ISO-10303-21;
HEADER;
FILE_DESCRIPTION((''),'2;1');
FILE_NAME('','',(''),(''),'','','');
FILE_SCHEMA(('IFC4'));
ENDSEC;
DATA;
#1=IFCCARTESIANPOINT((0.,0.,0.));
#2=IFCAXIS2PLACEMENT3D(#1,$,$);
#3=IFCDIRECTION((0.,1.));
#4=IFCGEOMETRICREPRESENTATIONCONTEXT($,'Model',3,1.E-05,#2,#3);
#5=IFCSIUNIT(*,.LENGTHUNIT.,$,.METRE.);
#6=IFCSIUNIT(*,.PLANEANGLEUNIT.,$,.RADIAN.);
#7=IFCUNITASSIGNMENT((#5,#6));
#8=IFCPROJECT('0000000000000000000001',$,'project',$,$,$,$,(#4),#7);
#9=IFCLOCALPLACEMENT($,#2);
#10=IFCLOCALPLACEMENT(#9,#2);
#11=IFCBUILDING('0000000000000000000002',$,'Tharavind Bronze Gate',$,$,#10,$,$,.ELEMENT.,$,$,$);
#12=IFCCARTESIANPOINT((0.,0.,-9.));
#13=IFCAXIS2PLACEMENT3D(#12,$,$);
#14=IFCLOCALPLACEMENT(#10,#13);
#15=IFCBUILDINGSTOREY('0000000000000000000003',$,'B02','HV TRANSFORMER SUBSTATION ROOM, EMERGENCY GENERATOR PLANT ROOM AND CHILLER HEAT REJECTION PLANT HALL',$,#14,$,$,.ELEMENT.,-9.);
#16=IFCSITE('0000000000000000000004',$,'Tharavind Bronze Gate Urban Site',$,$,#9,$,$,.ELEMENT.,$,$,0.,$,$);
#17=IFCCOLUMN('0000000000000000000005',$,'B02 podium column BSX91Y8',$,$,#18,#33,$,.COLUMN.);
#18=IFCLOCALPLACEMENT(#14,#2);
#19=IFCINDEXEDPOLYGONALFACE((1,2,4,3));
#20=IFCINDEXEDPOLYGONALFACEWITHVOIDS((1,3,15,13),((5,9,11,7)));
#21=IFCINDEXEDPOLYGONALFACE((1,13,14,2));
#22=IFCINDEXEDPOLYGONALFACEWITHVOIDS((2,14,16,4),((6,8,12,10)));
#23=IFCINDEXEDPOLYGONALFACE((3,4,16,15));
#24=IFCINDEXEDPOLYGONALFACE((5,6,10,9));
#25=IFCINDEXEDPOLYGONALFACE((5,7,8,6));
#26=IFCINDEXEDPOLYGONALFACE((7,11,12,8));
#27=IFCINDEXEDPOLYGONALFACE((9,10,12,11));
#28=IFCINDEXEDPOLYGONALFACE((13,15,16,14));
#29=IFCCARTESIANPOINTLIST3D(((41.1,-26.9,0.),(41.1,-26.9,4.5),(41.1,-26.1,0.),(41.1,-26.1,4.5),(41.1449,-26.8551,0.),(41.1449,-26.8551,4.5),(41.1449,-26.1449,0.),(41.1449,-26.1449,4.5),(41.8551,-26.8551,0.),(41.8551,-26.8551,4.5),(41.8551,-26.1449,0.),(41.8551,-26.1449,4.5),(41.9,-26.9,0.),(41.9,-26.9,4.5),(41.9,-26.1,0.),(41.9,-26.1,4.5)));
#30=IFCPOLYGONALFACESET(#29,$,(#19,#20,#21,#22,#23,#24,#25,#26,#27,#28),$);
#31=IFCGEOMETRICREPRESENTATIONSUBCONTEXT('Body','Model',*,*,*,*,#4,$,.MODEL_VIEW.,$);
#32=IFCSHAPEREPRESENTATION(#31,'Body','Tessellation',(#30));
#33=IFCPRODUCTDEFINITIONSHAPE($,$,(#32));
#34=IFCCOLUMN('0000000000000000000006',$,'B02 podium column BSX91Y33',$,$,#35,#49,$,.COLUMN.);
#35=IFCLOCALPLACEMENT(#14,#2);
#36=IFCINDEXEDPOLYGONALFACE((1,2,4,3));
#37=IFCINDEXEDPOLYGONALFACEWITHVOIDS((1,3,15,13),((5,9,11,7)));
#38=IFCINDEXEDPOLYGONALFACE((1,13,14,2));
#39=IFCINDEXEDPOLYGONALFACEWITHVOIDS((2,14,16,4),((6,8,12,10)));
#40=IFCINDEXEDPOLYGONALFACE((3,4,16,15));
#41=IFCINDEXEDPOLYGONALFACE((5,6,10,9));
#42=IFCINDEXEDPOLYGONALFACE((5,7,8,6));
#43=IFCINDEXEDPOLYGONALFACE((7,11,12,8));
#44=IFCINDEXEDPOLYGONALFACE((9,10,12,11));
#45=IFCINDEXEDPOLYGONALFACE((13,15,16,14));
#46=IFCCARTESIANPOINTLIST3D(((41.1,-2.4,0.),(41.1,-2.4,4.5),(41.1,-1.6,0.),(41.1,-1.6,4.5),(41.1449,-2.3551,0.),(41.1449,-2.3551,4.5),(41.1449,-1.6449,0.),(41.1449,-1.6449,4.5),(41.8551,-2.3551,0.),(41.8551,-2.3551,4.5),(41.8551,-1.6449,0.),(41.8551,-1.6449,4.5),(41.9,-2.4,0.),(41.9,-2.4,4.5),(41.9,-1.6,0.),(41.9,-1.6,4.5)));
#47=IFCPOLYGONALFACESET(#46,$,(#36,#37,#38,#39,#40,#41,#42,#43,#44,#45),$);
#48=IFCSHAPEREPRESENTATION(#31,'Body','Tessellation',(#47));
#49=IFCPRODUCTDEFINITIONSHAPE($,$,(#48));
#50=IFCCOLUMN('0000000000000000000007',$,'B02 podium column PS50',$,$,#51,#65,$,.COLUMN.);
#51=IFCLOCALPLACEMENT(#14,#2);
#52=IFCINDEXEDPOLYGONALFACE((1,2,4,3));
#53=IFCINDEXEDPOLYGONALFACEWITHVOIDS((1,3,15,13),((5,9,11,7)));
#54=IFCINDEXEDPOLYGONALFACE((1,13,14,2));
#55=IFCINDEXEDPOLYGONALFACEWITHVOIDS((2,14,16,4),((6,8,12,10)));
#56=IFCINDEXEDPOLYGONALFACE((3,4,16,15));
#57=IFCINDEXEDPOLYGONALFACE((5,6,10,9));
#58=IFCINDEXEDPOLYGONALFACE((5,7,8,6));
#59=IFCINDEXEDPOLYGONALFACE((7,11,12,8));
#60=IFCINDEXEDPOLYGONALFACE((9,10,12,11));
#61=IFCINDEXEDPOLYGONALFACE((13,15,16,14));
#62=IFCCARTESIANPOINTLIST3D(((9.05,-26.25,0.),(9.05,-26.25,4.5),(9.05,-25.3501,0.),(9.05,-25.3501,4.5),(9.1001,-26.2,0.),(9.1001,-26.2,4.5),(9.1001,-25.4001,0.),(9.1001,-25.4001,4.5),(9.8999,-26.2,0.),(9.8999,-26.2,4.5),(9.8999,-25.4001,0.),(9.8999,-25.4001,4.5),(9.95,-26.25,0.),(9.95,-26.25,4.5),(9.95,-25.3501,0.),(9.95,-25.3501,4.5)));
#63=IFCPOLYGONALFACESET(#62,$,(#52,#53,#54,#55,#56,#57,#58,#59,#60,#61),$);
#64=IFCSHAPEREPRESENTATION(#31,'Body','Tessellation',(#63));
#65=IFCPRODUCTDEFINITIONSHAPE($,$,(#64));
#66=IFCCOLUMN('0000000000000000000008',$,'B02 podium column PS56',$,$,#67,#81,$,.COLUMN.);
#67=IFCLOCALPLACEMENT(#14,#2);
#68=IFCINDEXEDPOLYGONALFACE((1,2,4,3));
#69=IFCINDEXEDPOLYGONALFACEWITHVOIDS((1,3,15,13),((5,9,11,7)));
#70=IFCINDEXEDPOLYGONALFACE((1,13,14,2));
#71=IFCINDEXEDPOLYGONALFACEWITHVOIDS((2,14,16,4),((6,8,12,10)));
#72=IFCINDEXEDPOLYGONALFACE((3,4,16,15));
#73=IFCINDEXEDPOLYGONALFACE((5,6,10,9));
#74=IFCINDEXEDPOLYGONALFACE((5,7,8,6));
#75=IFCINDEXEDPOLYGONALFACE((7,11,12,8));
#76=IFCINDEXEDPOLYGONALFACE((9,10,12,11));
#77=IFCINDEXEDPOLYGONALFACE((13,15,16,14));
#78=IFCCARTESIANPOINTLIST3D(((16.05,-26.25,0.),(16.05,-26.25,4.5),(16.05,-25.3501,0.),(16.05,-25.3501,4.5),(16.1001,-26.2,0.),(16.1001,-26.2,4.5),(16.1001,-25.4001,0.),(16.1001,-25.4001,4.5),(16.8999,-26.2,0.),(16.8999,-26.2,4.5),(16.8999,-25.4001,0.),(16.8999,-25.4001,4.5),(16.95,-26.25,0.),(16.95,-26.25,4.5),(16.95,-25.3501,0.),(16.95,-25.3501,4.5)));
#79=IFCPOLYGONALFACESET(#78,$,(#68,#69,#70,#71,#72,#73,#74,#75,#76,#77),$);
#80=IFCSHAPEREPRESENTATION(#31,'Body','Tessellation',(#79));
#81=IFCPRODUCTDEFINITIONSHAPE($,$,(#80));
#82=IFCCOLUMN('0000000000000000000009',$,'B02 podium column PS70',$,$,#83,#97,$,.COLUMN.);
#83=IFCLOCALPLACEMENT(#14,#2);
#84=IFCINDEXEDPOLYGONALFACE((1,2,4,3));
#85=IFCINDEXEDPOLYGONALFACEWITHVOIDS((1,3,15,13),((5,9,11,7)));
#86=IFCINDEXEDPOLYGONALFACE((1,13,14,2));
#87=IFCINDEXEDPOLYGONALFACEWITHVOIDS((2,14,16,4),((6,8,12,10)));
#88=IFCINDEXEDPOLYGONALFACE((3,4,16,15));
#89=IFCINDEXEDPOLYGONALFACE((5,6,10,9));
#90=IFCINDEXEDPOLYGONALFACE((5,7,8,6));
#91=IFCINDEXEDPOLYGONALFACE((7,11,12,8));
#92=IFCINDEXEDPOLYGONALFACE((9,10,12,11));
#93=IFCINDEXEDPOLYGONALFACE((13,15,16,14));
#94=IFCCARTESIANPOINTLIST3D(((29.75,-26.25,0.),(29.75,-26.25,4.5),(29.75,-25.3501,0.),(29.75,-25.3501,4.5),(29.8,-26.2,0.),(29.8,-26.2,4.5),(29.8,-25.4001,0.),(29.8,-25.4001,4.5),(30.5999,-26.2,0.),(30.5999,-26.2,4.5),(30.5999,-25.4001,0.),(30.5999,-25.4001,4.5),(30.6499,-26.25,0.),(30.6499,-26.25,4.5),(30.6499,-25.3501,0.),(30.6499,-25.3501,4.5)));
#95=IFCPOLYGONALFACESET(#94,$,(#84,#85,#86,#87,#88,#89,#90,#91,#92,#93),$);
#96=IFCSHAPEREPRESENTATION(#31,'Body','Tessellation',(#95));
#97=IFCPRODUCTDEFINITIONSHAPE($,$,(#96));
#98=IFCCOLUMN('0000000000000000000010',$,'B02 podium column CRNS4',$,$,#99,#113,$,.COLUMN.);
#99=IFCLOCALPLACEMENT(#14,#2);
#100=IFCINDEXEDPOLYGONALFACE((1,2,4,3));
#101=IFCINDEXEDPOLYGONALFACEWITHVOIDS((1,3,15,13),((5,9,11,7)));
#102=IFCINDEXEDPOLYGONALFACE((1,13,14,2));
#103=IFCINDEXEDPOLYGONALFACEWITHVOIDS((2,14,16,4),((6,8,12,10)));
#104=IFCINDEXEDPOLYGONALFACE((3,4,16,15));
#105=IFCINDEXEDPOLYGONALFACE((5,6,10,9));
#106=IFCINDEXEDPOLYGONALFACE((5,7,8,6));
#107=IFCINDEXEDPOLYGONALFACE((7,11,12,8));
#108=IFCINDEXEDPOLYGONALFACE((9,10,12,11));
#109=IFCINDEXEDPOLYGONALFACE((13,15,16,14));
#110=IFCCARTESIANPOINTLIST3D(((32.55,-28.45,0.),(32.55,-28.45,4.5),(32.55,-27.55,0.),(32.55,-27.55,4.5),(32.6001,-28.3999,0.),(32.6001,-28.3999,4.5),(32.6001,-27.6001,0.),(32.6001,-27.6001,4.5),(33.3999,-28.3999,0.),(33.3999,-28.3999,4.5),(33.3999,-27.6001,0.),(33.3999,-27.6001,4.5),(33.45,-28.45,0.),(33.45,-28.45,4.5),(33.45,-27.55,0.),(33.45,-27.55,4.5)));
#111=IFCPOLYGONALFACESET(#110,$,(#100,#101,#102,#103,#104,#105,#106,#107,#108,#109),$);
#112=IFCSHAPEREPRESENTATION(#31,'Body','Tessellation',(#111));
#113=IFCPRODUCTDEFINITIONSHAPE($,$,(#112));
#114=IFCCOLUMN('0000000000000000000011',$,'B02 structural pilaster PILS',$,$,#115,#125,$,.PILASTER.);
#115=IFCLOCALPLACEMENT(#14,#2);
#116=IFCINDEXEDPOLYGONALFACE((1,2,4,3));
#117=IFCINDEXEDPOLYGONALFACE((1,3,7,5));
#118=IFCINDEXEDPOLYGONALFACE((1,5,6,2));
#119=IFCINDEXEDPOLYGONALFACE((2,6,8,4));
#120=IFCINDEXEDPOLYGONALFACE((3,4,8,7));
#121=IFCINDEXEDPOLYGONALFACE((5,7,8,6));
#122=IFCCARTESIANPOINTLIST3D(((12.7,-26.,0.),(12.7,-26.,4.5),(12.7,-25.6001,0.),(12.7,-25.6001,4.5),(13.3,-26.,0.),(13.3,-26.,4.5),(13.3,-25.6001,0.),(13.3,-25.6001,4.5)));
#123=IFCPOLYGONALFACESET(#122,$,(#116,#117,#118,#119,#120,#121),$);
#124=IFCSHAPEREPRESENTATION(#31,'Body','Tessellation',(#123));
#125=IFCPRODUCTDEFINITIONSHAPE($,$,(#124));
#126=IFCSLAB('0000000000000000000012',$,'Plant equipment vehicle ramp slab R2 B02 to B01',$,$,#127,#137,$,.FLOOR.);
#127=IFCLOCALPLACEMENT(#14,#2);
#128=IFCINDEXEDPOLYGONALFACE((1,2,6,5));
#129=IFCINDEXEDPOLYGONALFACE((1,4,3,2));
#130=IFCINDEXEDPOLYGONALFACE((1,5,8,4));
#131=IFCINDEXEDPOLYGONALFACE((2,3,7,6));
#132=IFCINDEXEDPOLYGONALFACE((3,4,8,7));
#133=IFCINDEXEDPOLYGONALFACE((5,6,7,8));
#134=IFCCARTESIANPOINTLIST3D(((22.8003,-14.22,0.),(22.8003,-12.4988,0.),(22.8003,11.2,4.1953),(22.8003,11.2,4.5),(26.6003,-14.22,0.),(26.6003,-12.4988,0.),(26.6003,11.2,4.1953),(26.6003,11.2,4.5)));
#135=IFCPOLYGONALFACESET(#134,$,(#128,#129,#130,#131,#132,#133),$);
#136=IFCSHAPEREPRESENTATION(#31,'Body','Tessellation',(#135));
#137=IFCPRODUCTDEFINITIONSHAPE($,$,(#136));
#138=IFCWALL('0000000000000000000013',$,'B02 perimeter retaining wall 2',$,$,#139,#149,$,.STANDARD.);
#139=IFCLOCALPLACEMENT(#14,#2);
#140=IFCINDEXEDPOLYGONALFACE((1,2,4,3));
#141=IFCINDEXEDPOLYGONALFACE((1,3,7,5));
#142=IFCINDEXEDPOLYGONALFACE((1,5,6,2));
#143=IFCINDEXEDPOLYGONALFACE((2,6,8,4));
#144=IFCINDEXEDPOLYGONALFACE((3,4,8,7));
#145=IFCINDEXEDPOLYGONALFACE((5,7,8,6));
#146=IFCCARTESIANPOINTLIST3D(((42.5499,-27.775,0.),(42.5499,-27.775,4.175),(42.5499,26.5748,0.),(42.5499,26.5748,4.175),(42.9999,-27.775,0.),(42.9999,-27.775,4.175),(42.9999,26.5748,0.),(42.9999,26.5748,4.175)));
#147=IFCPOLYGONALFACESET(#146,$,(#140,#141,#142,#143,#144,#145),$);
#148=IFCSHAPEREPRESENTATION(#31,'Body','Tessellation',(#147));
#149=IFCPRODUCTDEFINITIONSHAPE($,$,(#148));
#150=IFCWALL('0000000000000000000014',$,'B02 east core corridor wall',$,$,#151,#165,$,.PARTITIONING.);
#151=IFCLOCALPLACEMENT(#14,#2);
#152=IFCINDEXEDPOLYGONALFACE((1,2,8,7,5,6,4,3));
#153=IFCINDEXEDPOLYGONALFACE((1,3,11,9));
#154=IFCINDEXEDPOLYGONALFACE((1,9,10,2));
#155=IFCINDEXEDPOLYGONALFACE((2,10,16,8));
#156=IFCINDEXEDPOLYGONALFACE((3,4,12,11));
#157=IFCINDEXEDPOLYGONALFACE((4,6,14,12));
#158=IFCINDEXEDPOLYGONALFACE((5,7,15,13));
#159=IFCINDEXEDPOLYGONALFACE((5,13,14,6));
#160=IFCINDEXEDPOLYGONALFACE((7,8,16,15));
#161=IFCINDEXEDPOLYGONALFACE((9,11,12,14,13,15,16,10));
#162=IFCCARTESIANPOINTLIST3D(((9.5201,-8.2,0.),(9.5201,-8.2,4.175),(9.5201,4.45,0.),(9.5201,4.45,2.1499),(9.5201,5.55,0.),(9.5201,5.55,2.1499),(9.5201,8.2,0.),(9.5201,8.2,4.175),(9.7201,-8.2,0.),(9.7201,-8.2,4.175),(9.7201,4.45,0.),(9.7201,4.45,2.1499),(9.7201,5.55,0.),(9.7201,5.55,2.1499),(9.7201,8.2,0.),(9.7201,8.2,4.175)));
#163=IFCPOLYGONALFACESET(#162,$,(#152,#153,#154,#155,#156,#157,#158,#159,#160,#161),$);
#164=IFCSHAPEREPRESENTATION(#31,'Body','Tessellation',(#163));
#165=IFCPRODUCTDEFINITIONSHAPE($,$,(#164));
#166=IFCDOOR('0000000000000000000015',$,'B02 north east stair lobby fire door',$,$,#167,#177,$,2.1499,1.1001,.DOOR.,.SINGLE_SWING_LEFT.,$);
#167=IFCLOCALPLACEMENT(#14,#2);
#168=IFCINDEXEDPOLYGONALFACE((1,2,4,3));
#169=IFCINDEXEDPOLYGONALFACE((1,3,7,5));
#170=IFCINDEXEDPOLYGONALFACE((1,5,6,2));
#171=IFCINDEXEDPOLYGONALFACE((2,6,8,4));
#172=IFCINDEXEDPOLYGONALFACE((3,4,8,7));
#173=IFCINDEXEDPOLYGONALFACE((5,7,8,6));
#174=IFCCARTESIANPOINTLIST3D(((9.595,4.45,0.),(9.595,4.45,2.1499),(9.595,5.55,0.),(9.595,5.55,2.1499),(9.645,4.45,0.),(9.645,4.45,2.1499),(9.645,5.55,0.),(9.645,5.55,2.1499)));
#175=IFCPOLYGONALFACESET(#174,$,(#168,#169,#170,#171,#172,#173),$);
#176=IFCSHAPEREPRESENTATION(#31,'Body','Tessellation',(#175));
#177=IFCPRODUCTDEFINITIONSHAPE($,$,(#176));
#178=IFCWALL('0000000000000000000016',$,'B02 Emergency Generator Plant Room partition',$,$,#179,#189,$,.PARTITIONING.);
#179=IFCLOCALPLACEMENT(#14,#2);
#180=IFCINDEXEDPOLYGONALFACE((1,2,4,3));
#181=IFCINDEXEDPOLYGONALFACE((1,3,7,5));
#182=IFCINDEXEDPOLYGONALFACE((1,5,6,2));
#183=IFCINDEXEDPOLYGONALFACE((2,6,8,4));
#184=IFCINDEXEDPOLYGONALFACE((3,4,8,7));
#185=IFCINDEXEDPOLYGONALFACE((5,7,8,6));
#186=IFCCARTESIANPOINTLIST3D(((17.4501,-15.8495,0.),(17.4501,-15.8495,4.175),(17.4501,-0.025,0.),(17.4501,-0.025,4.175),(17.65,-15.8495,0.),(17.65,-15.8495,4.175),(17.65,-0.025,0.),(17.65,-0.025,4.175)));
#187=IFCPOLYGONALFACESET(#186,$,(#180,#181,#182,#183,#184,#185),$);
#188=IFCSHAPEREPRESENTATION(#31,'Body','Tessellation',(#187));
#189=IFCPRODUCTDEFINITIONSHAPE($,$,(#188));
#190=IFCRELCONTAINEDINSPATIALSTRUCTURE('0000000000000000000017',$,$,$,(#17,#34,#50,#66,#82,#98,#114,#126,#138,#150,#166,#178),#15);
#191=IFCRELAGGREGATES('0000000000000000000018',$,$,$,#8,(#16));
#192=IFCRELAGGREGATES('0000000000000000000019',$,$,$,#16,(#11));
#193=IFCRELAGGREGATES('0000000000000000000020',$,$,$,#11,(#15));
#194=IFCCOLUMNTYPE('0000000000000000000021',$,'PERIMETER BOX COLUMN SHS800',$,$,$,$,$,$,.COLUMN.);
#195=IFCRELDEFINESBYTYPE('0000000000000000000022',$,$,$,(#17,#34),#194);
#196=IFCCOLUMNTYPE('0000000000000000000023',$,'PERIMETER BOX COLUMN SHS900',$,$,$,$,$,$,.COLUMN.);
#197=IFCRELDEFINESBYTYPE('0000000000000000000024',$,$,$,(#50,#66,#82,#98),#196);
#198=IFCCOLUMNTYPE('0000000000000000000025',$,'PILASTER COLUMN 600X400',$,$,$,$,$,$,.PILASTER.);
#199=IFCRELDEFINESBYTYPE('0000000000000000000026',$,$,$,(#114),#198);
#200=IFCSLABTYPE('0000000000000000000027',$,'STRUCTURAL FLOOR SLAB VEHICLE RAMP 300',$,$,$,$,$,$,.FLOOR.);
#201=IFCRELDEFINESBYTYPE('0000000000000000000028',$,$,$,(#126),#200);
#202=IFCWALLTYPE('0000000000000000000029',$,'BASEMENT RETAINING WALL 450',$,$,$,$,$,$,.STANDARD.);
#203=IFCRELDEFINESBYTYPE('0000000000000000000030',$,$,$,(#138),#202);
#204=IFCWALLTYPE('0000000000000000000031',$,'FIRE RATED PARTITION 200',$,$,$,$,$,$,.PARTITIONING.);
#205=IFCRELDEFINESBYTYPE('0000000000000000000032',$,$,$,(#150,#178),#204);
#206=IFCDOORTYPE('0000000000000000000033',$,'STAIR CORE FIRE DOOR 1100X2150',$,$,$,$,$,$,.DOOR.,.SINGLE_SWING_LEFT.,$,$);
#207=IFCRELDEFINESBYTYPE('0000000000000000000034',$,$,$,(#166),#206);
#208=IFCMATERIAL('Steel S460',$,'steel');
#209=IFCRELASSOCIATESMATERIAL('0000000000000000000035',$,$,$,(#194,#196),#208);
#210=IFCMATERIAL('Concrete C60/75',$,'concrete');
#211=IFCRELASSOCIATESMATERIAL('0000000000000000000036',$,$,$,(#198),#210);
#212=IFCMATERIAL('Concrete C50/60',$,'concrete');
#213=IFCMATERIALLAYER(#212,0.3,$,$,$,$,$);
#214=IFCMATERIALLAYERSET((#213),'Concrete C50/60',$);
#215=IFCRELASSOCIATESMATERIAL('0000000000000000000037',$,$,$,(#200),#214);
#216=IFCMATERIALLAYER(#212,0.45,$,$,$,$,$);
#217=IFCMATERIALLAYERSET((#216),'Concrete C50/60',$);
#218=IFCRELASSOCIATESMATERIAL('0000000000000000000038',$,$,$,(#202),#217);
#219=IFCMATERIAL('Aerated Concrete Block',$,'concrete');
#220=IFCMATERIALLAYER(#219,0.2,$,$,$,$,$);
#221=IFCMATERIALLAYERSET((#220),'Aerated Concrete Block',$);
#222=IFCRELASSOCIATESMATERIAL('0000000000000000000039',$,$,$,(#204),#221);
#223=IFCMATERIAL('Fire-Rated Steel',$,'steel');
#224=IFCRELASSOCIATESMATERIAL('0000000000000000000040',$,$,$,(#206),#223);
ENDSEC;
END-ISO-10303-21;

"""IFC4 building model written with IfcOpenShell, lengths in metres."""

from ifc_helpers import new_model, si_unit, direction, frame, frame_2d, origin, origin_2d, place, context, subcontext, project, spatial, polyline, rectangle, hollow_rectangle, outline, extrude, material, layer, layer_set, material_profile, profile_set, type_object, element, fill, save


model = new_model("IFC4")

# Units and contexts
model_context = context("Model", 3, precision=1e-05, world=origin(), true_north=direction((0.0, 1.0)))
body_context = subcontext(model_context, "Body", "Model", "MODEL_VIEW")
ifc_project = project(units=[si_unit("LENGTHUNIT", "METRE"), si_unit("PLANEANGLEUNIT", "RADIAN")], contexts=[model_context])

# Site, building, storey
site_placement = place(None, origin())
site = spatial("IfcSite", under=ifc_project, at=site_placement, Name="Tharavind Bronze Gate Urban Site", CompositionType="ELEMENT", RefElevation=0.0)
building_placement = place(site_placement, origin())
building = spatial("IfcBuilding", under=site, at=building_placement, Name="Tharavind Bronze Gate", CompositionType="ELEMENT")
storey_placement = place(building_placement, frame((0.0, 0.0, -9.0)))
storey = spatial("IfcBuildingStorey", under=building, at=storey_placement, Name="B02", Description="HV TRANSFORMER SUBSTATION ROOM, EMERGENCY GENERATOR PLANT ROOM AND CHILLER HEAT REJECTION PLANT HALL", CompositionType="ELEMENT", Elevation=-9.0)

# Shared definitions
ifc_material_1 = material(Name="Concrete C50/60", Category="concrete")

# Columns
ifc_material_2 = material(Name="Steel S460", Category="steel")
ifc_material_profile_1 = material_profile(ifc_material_2, hollow_rectangle(XDim=0.8, YDim=0.8, WallThickness=0.0449, at=origin_2d()), Name="SHS800X45")
ifc_profile_set_1 = profile_set([ifc_material_profile_1], Name="Steel S460")
column_type_1 = type_object("IfcColumnType", Name="PERIMETER BOX COLUMN SHS800", PredefinedType="COLUMN", material=ifc_profile_set_1)
for number, where, z_axis, x_axis, name in (
    (1, (41.5, -26.5, 0.0), (0.0, 0.0, 1.0), (1.0, 0.0, 0.0), "B02 podium column BSX91Y8"),
    (2, (41.5, -2.0, 0.0), (0.0, 0.0, 1.0), (1.0, 0.0, 0.0), "B02 podium column BSX91Y33"),
):
    element("IfcColumn", number, at=place(storey_placement, frame(where, z_axis=z_axis, x_axis=x_axis)), inside=storey, type_object=column_type_1, Name=name, PredefinedType="COLUMN", context=body_context, shape_type="SweptSolid", body=[
        extrude(hollow_rectangle(XDim=0.8, YDim=0.8, WallThickness=0.0449, at=origin_2d()), origin(), (0.0, 0.0, 1.0), 4.5),
    ])
ifc_material_profile_2 = material_profile(ifc_material_2, hollow_rectangle(XDim=0.8999, YDim=0.8999, WallThickness=0.05, at=origin_2d()), Name="SHS900X50")
ifc_profile_set_2 = profile_set([ifc_material_profile_2], Name="Steel S460")
column_type_2 = type_object("IfcColumnType", Name="PERIMETER BOX COLUMN SHS900", PredefinedType="COLUMN", material=ifc_profile_set_2)
for number, where, z_axis, x_axis, name in (
    (3, (9.5, -25.8, 0.0), (0.0, 0.0, 1.0), (1.0, 0.0, 0.0), "B02 podium column PS50"),
    (4, (16.5, -25.8, 0.0), (0.0, 0.0, 1.0), (1.0, 0.0, 0.0), "B02 podium column PS56"),
    (5, (30.2, -25.8, 0.0), (0.0, 0.0, 1.0), (1.0, 0.0, 0.0), "B02 podium column PS70"),
    (6, (33.0, -28.0, 0.0), (0.0, 0.0, 1.0), (1.0, 0.0, 0.0), "B02 podium column CRNS4"),
):
    element("IfcColumn", number, at=place(storey_placement, frame(where, z_axis=z_axis, x_axis=x_axis)), inside=storey, type_object=column_type_2, Name=name, PredefinedType="COLUMN", context=body_context, shape_type="SweptSolid", body=[
        extrude(hollow_rectangle(XDim=0.8999, YDim=0.8999, WallThickness=0.05, at=origin_2d()), origin(), (0.0, 0.0, 1.0), 4.5),
    ])
ifc_material_3 = material(Name="Concrete C60/75", Category="concrete")
ifc_material_profile_3 = material_profile(ifc_material_3, rectangle(XDim=0.6001, YDim=0.3999, at=origin_2d()), Name="RCPIL600X400")
ifc_profile_set_3 = profile_set([ifc_material_profile_3], Name="Concrete C60/75")
column_type_3 = type_object("IfcColumnType", Name="PILASTER COLUMN 600X400", PredefinedType="PILASTER", material=ifc_profile_set_3)
column_1_placement = place(storey_placement, frame((13.0, -25.8, 0.0), z_axis=(0.0, 0.0, 1.0), x_axis=(1.0, 0.0, 0.0)))
element("IfcColumn", 7, at=column_1_placement, inside=storey, type_object=column_type_3, Name="B02 structural pilaster PILS", PredefinedType="PILASTER", context=body_context, shape_type="SweptSolid", body=[
    extrude(rectangle(XDim=0.6001, YDim=0.3999, at=origin_2d()), origin(), (0.0, 0.0, 1.0), 4.5),
])

# Slab
ifc_layer_1 = layer(ifc_material_1, 0.3)
ifc_layer_set_1 = layer_set([ifc_layer_1], Name="Concrete C50/60")
slab_type = type_object("IfcSlabType", Name="STRUCTURAL FLOOR SLAB VEHICLE RAMP 300", PredefinedType="FLOOR", material=ifc_layer_set_1)
slab_placement = place(storey_placement, frame((24.7002, -14.22, 0.0), z_axis=(0.0, 0.0, 1.0), x_axis=(0.0, 1.0, 0.0)))
element("IfcSlab", 8, at=slab_placement, inside=storey, type_object=slab_type, Name="Plant equipment vehicle ramp slab R2 B02 to B01", PredefinedType="FLOOR", context=body_context, shape_type="SweptSolid", body=[
    extrude(outline(polyline([(0.0, 0.0), (1.7212, 0.0), (25.4199, 4.1953), (25.4199, 4.5), (0.0, 0.0)])), frame((0.0, 1.8999, 0.0), z_axis=(0.0, -1.0, 0.0), x_axis=(1.0, 0.0, 0.0)), (0.0, 0.0, 1.0), 3.8),
])

# Wall
ifc_layer_2 = layer(ifc_material_1, 0.45)
ifc_layer_set_2 = layer_set([ifc_layer_2], Name="Concrete C50/60")
wall_type_1 = type_object("IfcWallType", Name="BASEMENT RETAINING WALL 450", PredefinedType="STANDARD", material=ifc_layer_set_2)
wall_1_placement = place(storey_placement, frame((42.7749, -27.7749, 0.0), z_axis=(0.0, 0.0, 1.0), x_axis=(0.0, 1.0, 0.0)))
element("IfcWall", 9, at=wall_1_placement, inside=storey, type_object=wall_type_1, Name="B02 perimeter retaining wall 2", PredefinedType="STANDARD", context=body_context, shape_type="SweptSolid", body=[
    extrude(rectangle(XDim=54.3499, YDim=0.45, at=frame_2d((27.1748, 0.0))), origin(), (0.0, 0.0, 1.0), 4.175),
])

# Wall, opening, door
ifc_material_4 = material(Name="Aerated Concrete Block", Category="concrete")
ifc_layer_3 = layer(ifc_material_4, 0.2)
ifc_layer_set_3 = layer_set([ifc_layer_3], Name="Aerated Concrete Block")
wall_type_2 = type_object("IfcWallType", Name="FIRE RATED PARTITION 200", PredefinedType="PARTITIONING", material=ifc_layer_set_3)
wall_2_placement = place(storey_placement, frame((9.6201, -8.2, 0.0), z_axis=(0.0, 0.0, 1.0), x_axis=(0.0, 1.0, 0.0)))
wall_2 = element("IfcWall", 10, at=wall_2_placement, inside=storey, type_object=wall_type_2, Name="B02 east core corridor wall", PredefinedType="PARTITIONING", context=body_context, shape_type="SweptSolid", body=[
    extrude(rectangle(XDim=16.3999, YDim=0.2, at=frame_2d((8.2, 0.0))), origin(), (0.0, 0.0, 1.0), 4.175),
])
opening_placement = place(wall_2_placement, frame((12.6499, 0.0, 0.0)))
opening = element("IfcOpeningElement", 11, at=opening_placement, cuts=wall_2, PredefinedType="OPENING", context=body_context, shape_type="SweptSolid", body=[
    extrude(rectangle(XDim=1.1001, YDim=2.1499, at=frame_2d((0.55, 1.075))), frame((0.0, 0.1101, 0.0), z_axis=(0.0, -1.0, 0.0), x_axis=(1.0, 0.0, 0.0)), (0.0, 0.0, 1.0), 0.22),
])
ifc_material_5 = material(Name="Fire-Rated Steel", Category="steel")
door_type = type_object("IfcDoorType", Name="STAIR CORE FIRE DOOR 1100X2150", OperationType="SINGLE_SWING_LEFT", PredefinedType="DOOR", material=ifc_material_5)
door_placement = place(opening_placement, frame((1.1001, 0.0, 0.0), z_axis=(0.0, 0.0, 1.0), x_axis=(-1.0, 0.0, 0.0)))
door = element("IfcDoor", 12, at=door_placement, inside=storey, type_object=door_type, Name="B02 north east stair lobby fire door", OperationType="SINGLE_SWING_LEFT", OverallHeight=2.1499, OverallWidth=1.1001, PredefinedType="DOOR", context=body_context, shape_type="SweptSolid", body=[
    extrude(rectangle(XDim=1.1001, YDim=2.1499, at=frame_2d((0.55, 1.075))), frame((0.0, 0.0249, 0.0), z_axis=(0.0, -1.0, 0.0), x_axis=(1.0, 0.0, 0.0)), (0.0, 0.0, 1.0), 0.05),
])
fill(opening, door)

# Wall
wall_3_placement = place(storey_placement, frame((17.55, -15.8494, 0.0), z_axis=(0.0, 0.0, 1.0), x_axis=(0.0, 1.0, 0.0)))
element("IfcWall", 13, at=wall_3_placement, inside=storey, type_object=wall_type_2, Name="B02 Emergency Generator Plant Room partition", PredefinedType="PARTITIONING", context=body_context, shape_type="SweptSolid", body=[
    extrude(rectangle(XDim=15.8245, YDim=0.2, at=frame_2d((7.9121, 0.0))), origin(), (0.0, 0.0, 1.0), 4.175),
])

save(model, "model.ifc")
